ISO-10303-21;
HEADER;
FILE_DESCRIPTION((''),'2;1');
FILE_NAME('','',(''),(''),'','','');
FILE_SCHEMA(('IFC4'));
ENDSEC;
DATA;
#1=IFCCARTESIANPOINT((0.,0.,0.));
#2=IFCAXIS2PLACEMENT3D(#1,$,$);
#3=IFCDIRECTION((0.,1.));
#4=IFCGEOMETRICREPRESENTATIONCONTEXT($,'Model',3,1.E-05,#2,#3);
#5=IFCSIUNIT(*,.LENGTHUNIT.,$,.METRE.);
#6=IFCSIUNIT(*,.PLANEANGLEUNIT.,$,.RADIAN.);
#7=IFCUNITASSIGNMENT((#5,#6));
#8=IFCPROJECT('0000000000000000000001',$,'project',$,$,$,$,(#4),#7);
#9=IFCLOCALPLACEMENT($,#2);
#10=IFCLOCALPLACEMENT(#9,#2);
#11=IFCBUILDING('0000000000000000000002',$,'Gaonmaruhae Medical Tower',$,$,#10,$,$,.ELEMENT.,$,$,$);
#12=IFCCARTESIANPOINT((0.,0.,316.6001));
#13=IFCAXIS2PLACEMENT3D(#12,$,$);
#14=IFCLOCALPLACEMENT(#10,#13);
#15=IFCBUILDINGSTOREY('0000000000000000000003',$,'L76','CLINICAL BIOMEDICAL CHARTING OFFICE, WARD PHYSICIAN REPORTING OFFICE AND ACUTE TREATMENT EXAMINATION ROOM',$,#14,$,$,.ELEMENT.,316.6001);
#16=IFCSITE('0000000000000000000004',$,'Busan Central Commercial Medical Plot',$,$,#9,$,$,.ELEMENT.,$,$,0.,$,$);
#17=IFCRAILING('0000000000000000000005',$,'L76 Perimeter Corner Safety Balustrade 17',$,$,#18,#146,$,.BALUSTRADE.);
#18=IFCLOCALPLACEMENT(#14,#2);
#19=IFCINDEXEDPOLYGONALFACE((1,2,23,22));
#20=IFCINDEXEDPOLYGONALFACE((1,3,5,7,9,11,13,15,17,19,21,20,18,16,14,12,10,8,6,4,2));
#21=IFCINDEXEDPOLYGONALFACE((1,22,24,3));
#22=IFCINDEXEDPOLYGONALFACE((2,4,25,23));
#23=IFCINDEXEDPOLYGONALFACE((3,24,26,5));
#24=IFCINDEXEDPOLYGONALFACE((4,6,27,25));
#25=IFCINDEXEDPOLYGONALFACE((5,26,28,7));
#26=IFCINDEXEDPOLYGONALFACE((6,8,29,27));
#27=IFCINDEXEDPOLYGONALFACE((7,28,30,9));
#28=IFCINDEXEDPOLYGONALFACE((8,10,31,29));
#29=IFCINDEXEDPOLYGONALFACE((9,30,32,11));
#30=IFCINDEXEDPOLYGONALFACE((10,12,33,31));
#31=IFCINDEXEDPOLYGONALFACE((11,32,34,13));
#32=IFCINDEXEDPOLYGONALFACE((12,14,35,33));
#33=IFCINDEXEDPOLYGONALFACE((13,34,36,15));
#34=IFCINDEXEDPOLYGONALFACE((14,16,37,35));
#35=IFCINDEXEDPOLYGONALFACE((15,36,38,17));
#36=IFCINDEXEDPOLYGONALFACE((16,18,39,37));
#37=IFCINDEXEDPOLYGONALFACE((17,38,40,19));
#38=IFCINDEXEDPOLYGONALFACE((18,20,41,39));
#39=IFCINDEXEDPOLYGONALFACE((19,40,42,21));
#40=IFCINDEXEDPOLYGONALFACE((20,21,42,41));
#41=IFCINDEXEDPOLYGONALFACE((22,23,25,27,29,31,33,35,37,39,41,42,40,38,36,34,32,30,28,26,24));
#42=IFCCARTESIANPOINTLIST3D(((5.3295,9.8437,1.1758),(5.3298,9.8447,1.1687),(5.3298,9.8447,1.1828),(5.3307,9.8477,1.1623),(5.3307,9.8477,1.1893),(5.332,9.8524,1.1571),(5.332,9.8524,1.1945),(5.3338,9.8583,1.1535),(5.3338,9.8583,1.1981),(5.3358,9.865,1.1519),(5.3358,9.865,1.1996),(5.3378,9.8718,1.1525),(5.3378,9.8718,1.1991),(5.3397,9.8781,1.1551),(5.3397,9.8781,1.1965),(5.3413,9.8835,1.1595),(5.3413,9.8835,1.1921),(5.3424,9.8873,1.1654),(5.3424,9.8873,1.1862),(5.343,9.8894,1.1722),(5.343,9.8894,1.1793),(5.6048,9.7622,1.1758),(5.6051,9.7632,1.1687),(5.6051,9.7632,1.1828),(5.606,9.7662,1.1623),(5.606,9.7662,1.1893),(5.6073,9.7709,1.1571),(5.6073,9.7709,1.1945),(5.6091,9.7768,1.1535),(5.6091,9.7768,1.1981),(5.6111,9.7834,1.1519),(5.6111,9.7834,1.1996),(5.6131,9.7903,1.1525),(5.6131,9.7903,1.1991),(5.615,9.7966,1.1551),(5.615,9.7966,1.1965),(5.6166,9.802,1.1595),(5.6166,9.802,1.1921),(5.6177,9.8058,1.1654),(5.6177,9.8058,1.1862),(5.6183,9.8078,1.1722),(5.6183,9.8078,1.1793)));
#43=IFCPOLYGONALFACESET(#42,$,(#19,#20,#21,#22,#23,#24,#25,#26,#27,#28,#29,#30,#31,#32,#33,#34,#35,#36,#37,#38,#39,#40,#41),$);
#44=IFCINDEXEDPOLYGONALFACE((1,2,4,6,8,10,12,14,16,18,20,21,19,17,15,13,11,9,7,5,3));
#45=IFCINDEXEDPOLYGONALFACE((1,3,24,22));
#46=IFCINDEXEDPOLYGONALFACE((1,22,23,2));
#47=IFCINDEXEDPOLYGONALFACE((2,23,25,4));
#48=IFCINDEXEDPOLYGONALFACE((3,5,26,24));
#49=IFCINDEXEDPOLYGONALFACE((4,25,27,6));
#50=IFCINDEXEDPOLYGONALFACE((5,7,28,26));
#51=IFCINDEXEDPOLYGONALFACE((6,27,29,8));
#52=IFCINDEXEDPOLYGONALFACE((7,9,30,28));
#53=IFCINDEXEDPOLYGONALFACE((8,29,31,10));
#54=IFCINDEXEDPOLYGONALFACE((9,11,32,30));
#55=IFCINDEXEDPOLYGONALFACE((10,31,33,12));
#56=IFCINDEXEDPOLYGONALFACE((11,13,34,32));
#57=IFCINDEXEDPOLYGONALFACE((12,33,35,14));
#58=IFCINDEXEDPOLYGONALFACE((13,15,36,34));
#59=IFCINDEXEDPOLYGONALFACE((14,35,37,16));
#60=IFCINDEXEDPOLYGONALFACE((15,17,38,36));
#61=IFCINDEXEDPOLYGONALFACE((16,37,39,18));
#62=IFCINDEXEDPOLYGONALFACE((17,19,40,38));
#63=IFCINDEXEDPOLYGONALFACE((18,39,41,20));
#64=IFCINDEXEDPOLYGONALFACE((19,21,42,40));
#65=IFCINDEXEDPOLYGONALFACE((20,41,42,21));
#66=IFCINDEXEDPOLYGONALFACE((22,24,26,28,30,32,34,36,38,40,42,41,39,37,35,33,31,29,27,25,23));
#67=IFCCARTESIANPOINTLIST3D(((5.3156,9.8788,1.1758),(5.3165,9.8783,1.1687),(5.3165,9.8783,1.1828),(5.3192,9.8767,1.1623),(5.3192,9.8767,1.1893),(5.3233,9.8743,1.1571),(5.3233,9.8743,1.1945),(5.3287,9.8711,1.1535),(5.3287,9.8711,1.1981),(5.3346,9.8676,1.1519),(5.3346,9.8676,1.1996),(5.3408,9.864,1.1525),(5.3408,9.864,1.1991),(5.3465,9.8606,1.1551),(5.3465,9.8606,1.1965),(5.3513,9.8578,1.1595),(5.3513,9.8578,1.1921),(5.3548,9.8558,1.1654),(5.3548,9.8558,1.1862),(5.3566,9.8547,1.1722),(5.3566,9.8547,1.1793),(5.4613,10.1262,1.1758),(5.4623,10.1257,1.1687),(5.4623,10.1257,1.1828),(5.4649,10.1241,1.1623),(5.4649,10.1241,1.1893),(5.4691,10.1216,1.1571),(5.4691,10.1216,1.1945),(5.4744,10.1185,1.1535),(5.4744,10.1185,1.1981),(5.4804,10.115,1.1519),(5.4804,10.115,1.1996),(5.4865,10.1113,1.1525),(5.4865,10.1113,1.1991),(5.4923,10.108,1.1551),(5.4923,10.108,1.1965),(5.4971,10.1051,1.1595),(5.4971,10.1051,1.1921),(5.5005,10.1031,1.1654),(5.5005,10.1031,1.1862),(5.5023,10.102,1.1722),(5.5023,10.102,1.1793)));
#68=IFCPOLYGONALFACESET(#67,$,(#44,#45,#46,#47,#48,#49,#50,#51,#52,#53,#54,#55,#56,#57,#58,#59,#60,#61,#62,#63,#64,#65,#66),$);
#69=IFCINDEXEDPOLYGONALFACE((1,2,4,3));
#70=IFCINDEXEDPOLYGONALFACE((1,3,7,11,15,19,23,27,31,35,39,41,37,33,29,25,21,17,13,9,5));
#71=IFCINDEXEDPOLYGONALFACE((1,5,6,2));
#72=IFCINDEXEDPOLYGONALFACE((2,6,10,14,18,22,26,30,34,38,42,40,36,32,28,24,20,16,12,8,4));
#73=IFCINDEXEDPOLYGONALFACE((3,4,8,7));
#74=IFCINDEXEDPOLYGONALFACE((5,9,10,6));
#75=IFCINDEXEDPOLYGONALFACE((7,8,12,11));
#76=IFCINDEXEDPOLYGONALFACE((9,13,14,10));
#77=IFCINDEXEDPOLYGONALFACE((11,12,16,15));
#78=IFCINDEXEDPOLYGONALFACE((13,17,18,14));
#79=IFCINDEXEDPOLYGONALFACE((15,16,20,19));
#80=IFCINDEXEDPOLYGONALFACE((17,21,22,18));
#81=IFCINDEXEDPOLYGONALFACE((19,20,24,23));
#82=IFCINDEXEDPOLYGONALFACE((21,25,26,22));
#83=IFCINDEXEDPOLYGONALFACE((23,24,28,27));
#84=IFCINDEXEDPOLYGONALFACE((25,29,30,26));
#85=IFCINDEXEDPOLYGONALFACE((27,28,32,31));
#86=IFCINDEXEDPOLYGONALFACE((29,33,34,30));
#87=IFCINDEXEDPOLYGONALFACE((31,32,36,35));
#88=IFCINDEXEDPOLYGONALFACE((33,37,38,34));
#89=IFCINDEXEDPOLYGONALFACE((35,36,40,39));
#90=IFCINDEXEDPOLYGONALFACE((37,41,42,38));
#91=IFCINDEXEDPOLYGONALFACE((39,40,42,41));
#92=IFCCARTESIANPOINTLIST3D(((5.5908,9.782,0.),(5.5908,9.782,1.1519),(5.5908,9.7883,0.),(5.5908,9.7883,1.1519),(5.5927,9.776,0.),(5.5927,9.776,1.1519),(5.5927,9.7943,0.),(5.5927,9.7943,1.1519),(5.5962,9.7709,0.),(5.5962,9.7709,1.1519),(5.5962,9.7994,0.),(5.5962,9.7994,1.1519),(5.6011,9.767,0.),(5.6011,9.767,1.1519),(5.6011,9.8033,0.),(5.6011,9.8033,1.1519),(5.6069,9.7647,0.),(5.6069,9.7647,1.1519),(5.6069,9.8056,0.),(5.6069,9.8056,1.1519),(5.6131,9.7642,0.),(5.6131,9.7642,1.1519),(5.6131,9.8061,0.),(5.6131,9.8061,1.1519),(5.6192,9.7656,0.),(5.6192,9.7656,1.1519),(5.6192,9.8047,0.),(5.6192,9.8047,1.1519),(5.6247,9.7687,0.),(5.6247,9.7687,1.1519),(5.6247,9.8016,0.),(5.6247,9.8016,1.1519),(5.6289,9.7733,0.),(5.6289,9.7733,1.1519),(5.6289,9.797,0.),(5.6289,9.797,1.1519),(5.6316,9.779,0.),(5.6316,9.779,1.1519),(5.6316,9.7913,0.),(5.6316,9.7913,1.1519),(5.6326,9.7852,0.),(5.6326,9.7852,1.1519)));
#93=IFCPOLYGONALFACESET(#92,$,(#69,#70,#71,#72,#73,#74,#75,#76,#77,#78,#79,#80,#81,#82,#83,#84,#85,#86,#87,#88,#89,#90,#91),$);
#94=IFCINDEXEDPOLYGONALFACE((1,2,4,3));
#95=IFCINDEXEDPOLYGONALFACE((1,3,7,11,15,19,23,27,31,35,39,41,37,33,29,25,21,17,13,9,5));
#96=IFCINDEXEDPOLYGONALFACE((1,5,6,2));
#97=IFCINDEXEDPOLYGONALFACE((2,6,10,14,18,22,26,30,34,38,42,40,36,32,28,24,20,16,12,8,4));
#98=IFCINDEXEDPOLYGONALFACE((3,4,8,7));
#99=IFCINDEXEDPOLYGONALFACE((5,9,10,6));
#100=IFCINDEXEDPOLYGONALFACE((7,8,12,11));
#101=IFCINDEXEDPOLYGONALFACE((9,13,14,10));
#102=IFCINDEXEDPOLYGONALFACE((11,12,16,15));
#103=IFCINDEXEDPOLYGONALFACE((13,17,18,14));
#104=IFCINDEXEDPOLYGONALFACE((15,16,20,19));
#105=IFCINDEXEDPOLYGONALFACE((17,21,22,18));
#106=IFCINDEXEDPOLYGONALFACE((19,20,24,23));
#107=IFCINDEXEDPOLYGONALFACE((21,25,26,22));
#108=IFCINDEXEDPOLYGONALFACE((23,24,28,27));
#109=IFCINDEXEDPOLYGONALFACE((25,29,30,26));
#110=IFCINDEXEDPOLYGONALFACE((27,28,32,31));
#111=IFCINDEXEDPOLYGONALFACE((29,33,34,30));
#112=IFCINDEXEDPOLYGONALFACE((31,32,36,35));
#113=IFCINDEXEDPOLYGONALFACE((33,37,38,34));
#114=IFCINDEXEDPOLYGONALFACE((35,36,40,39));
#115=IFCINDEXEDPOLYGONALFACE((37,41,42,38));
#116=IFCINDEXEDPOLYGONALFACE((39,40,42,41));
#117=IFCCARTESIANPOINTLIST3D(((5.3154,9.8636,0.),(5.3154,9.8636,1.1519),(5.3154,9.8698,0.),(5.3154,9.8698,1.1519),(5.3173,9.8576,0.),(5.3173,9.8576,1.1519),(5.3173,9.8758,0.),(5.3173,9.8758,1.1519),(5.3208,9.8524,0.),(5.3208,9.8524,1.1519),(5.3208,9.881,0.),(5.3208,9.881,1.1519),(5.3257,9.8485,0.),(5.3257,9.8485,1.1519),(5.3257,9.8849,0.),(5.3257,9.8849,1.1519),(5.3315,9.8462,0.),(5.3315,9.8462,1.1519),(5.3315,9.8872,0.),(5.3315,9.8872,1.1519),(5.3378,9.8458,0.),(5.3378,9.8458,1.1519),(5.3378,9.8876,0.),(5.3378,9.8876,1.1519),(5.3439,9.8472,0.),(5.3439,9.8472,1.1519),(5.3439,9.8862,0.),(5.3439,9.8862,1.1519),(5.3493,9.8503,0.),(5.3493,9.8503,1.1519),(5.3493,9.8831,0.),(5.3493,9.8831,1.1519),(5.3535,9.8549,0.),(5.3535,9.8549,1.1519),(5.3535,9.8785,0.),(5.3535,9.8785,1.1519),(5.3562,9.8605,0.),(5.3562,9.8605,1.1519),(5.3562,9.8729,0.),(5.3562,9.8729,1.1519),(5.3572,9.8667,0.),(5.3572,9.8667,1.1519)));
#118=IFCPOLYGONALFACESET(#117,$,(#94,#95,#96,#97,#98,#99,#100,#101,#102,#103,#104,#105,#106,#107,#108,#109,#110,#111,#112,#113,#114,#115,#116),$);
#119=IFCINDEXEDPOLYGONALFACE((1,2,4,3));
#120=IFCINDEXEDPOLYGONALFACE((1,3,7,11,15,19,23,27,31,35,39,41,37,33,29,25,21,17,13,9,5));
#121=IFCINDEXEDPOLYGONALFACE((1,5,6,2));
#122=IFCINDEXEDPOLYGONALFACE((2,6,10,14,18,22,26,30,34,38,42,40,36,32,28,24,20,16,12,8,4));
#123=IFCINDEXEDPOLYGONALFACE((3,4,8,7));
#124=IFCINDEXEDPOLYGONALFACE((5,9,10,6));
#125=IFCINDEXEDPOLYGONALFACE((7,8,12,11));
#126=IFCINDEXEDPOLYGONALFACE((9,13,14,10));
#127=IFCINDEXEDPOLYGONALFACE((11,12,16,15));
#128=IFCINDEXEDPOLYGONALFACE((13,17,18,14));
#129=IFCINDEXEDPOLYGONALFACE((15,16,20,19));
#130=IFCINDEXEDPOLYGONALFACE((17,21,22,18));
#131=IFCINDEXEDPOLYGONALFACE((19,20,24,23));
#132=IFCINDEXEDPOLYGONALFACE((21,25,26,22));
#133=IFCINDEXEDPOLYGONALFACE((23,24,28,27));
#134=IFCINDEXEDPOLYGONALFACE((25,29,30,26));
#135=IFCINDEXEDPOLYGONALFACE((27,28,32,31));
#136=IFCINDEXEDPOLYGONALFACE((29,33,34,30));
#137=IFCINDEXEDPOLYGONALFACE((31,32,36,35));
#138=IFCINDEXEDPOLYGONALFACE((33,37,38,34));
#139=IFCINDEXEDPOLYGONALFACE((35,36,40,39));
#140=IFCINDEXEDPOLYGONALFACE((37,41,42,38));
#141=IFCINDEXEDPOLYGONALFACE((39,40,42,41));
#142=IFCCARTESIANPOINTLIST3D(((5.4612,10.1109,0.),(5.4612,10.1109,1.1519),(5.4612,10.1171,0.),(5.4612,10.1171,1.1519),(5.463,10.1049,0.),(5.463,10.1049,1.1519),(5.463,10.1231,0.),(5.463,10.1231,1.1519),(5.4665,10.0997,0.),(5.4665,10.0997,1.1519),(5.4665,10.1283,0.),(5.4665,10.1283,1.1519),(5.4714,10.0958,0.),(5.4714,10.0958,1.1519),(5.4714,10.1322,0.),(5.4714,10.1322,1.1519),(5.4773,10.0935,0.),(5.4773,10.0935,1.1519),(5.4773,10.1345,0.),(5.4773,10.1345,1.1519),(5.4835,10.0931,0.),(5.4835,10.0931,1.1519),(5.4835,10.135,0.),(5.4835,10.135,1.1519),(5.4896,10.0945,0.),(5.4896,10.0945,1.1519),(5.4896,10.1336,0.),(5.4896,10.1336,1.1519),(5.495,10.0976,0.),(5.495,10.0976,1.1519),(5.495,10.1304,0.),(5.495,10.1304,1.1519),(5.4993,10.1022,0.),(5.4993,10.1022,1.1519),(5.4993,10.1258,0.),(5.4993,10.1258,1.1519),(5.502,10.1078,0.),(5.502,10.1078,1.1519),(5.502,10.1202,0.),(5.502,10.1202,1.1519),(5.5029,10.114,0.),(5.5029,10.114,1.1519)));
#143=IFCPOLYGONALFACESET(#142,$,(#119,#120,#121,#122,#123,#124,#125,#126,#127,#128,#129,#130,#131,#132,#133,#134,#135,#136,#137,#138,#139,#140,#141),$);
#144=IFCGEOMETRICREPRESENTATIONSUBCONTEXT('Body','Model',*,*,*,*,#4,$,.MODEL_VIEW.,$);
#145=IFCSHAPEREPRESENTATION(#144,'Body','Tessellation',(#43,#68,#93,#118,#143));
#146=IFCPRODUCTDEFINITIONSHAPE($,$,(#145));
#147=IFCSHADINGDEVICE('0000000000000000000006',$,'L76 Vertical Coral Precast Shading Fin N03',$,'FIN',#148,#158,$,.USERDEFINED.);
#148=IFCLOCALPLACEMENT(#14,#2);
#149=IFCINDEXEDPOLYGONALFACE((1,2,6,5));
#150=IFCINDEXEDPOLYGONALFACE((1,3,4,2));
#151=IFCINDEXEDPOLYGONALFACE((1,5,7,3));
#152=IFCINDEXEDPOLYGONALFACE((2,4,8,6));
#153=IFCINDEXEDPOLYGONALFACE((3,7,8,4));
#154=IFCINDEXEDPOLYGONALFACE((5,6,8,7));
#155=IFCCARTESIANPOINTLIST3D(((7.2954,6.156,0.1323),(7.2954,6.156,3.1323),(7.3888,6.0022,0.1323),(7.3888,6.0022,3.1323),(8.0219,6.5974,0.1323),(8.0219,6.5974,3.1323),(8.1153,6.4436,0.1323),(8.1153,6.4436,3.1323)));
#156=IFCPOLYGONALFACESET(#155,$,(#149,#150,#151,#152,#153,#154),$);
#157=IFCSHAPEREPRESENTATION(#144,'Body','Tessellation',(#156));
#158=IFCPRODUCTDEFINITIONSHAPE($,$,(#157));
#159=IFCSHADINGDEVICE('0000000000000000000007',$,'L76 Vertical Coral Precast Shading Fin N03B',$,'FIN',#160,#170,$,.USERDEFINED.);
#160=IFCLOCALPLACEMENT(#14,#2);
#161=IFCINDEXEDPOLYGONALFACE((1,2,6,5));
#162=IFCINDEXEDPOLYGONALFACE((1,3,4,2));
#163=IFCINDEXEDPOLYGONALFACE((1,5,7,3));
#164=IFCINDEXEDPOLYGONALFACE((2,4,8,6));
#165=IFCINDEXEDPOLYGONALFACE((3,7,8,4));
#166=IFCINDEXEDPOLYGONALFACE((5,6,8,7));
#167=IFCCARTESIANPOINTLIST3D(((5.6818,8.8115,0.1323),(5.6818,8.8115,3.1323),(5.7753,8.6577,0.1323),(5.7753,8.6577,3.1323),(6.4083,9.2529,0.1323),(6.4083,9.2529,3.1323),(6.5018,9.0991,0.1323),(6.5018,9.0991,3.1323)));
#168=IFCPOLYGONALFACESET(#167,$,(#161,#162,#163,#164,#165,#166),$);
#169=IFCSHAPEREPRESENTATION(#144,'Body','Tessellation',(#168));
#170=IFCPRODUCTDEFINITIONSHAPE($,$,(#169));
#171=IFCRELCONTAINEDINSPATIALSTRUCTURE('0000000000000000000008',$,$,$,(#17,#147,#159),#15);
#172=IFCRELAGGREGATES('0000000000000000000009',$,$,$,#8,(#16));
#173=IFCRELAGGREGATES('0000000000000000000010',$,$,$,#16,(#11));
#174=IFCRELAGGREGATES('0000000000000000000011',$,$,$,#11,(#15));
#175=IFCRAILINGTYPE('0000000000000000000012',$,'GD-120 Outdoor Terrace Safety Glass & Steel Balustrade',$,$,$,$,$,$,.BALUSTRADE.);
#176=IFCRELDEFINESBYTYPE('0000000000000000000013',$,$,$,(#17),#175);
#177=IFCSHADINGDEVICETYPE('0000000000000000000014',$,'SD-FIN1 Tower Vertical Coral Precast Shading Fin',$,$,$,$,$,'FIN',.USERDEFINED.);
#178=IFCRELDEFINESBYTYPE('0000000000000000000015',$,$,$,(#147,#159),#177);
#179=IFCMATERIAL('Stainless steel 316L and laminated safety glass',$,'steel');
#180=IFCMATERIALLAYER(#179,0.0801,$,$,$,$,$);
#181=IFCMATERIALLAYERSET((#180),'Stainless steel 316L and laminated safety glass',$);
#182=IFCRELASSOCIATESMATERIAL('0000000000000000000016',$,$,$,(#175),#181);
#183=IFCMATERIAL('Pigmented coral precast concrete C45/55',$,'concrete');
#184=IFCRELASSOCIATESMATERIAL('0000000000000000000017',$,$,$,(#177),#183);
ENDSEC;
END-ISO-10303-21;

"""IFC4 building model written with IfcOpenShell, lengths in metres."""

from ifc_helpers import new_model, si_unit, direction, frame, origin, origin_2d, place, context, subcontext, project, spatial, rectangle, circle, extrude, material, layer, layer_set, type_object, element, save


model = new_model("IFC4")

# Units and contexts
model_context = context("Model", 3, precision=1e-05, world=origin(), true_north=direction((0.0, 1.0)))
body_context = subcontext(model_context, "Body", "Model", "MODEL_VIEW")
ifc_project = project(units=[si_unit("LENGTHUNIT", "METRE"), si_unit("PLANEANGLEUNIT", "RADIAN")], contexts=[model_context])

# Site, building, storey
site_placement = place(None, origin())
site = spatial("IfcSite", under=ifc_project, at=site_placement, Name="Busan Central Commercial Medical Plot", CompositionType="ELEMENT", RefElevation=0.0)
building_placement = place(site_placement, origin())
building = spatial("IfcBuilding", under=site, at=building_placement, Name="Gaonmaruhae Medical Tower", CompositionType="ELEMENT")
storey_placement = place(building_placement, frame((0.0, 0.0, 316.6001)))
storey = spatial("IfcBuildingStorey", under=building, at=storey_placement, Name="L76", Description="CLINICAL BIOMEDICAL CHARTING OFFICE, WARD PHYSICIAN REPORTING OFFICE AND ACUTE TREATMENT EXAMINATION ROOM", CompositionType="ELEMENT", Elevation=316.6001)

# Railing
ifc_material_1 = material(Name="Stainless steel 316L and laminated safety glass", Category="steel")
ifc_layer_1 = layer(ifc_material_1, 0.0801)
ifc_layer_set_1 = layer_set([ifc_layer_1], Name="Stainless steel 316L and laminated safety glass")
railing_type = type_object("IfcRailingType", Name="GD-120 Outdoor Terrace Safety Glass & Steel Balustrade", PredefinedType="BALUSTRADE", material=ifc_layer_set_1)
railing_1_placement = place(storey_placement, frame((5.6116, 9.7852, 0.0)))
element("IfcRailing", 1, at=railing_1_placement, inside=storey, type_object=railing_type, Name="L76 Perimeter Corner Safety Balustrade 17", PredefinedType="BALUSTRADE", context=body_context, shape_type="SweptSolid", body=[
    extrude(circle(Radius=0.0239, at=origin_2d()), frame((0.0, 0.0, 1.1758), z_axis=(-0.95885, 0.283915, 0.0), x_axis=(-0.283915, -0.95885, 0.0)), (0.0, 0.0, 1.0), 0.2871),
    extrude(circle(Radius=0.0239, at=origin_2d()), frame((-0.2754, 0.0815, 1.1758), z_axis=(0.507726, 0.861519, 0.0), x_axis=(-0.861519, 0.507726, 0.0)), (0.0, 0.0, 1.0), 0.2871),
    extrude(circle(Radius=0.021, at=origin_2d()), origin(), (0.0, 0.0, 1.0), 1.1519),
    extrude(circle(Radius=0.021, at=origin_2d()), frame((-0.2754, 0.0815, 0.0)), (0.0, 0.0, 1.0), 1.1519),
    extrude(circle(Radius=0.021, at=origin_2d()), frame((-0.1296, 0.3289, 0.0)), (0.0, 0.0, 1.0), 1.1519),
])

# Shading devices
ifc_material_2 = material(Name="Pigmented coral precast concrete C45/55", Category="concrete")
shading_device_type = type_object("IfcShadingDeviceType", Name="SD-FIN1 Tower Vertical Coral Precast Shading Fin", ElementType="FIN", PredefinedType="USERDEFINED", material=ifc_material_2)
for number, where, z_axis, x_axis, name in (
    (2, (7.7053, 6.2998, 0.1323), (0.0, 0.0, 1.0), (-0.519251, 0.854622, 0.0), "L76 Vertical Coral Precast Shading Fin N03"),
    (3, (6.0918, 8.9553, 0.1323), (0.0, 0.0, 1.0), (-0.519251, 0.854622, 0.0), "L76 Vertical Coral Precast Shading Fin N03B"),
):
    element("IfcShadingDevice", number, at=place(storey_placement, frame(where, z_axis=z_axis, x_axis=x_axis)), inside=storey, type_object=shading_device_type, Name=name, ObjectType="FIN", PredefinedType="USERDEFINED", context=body_context, shape_type="SweptSolid", body=[
        extrude(rectangle(XDim=0.1799, YDim=0.8501, at=origin_2d()), origin(), (0.0, 0.0, 1.0), 3.0),
    ])

save(model, "model.ifc")
